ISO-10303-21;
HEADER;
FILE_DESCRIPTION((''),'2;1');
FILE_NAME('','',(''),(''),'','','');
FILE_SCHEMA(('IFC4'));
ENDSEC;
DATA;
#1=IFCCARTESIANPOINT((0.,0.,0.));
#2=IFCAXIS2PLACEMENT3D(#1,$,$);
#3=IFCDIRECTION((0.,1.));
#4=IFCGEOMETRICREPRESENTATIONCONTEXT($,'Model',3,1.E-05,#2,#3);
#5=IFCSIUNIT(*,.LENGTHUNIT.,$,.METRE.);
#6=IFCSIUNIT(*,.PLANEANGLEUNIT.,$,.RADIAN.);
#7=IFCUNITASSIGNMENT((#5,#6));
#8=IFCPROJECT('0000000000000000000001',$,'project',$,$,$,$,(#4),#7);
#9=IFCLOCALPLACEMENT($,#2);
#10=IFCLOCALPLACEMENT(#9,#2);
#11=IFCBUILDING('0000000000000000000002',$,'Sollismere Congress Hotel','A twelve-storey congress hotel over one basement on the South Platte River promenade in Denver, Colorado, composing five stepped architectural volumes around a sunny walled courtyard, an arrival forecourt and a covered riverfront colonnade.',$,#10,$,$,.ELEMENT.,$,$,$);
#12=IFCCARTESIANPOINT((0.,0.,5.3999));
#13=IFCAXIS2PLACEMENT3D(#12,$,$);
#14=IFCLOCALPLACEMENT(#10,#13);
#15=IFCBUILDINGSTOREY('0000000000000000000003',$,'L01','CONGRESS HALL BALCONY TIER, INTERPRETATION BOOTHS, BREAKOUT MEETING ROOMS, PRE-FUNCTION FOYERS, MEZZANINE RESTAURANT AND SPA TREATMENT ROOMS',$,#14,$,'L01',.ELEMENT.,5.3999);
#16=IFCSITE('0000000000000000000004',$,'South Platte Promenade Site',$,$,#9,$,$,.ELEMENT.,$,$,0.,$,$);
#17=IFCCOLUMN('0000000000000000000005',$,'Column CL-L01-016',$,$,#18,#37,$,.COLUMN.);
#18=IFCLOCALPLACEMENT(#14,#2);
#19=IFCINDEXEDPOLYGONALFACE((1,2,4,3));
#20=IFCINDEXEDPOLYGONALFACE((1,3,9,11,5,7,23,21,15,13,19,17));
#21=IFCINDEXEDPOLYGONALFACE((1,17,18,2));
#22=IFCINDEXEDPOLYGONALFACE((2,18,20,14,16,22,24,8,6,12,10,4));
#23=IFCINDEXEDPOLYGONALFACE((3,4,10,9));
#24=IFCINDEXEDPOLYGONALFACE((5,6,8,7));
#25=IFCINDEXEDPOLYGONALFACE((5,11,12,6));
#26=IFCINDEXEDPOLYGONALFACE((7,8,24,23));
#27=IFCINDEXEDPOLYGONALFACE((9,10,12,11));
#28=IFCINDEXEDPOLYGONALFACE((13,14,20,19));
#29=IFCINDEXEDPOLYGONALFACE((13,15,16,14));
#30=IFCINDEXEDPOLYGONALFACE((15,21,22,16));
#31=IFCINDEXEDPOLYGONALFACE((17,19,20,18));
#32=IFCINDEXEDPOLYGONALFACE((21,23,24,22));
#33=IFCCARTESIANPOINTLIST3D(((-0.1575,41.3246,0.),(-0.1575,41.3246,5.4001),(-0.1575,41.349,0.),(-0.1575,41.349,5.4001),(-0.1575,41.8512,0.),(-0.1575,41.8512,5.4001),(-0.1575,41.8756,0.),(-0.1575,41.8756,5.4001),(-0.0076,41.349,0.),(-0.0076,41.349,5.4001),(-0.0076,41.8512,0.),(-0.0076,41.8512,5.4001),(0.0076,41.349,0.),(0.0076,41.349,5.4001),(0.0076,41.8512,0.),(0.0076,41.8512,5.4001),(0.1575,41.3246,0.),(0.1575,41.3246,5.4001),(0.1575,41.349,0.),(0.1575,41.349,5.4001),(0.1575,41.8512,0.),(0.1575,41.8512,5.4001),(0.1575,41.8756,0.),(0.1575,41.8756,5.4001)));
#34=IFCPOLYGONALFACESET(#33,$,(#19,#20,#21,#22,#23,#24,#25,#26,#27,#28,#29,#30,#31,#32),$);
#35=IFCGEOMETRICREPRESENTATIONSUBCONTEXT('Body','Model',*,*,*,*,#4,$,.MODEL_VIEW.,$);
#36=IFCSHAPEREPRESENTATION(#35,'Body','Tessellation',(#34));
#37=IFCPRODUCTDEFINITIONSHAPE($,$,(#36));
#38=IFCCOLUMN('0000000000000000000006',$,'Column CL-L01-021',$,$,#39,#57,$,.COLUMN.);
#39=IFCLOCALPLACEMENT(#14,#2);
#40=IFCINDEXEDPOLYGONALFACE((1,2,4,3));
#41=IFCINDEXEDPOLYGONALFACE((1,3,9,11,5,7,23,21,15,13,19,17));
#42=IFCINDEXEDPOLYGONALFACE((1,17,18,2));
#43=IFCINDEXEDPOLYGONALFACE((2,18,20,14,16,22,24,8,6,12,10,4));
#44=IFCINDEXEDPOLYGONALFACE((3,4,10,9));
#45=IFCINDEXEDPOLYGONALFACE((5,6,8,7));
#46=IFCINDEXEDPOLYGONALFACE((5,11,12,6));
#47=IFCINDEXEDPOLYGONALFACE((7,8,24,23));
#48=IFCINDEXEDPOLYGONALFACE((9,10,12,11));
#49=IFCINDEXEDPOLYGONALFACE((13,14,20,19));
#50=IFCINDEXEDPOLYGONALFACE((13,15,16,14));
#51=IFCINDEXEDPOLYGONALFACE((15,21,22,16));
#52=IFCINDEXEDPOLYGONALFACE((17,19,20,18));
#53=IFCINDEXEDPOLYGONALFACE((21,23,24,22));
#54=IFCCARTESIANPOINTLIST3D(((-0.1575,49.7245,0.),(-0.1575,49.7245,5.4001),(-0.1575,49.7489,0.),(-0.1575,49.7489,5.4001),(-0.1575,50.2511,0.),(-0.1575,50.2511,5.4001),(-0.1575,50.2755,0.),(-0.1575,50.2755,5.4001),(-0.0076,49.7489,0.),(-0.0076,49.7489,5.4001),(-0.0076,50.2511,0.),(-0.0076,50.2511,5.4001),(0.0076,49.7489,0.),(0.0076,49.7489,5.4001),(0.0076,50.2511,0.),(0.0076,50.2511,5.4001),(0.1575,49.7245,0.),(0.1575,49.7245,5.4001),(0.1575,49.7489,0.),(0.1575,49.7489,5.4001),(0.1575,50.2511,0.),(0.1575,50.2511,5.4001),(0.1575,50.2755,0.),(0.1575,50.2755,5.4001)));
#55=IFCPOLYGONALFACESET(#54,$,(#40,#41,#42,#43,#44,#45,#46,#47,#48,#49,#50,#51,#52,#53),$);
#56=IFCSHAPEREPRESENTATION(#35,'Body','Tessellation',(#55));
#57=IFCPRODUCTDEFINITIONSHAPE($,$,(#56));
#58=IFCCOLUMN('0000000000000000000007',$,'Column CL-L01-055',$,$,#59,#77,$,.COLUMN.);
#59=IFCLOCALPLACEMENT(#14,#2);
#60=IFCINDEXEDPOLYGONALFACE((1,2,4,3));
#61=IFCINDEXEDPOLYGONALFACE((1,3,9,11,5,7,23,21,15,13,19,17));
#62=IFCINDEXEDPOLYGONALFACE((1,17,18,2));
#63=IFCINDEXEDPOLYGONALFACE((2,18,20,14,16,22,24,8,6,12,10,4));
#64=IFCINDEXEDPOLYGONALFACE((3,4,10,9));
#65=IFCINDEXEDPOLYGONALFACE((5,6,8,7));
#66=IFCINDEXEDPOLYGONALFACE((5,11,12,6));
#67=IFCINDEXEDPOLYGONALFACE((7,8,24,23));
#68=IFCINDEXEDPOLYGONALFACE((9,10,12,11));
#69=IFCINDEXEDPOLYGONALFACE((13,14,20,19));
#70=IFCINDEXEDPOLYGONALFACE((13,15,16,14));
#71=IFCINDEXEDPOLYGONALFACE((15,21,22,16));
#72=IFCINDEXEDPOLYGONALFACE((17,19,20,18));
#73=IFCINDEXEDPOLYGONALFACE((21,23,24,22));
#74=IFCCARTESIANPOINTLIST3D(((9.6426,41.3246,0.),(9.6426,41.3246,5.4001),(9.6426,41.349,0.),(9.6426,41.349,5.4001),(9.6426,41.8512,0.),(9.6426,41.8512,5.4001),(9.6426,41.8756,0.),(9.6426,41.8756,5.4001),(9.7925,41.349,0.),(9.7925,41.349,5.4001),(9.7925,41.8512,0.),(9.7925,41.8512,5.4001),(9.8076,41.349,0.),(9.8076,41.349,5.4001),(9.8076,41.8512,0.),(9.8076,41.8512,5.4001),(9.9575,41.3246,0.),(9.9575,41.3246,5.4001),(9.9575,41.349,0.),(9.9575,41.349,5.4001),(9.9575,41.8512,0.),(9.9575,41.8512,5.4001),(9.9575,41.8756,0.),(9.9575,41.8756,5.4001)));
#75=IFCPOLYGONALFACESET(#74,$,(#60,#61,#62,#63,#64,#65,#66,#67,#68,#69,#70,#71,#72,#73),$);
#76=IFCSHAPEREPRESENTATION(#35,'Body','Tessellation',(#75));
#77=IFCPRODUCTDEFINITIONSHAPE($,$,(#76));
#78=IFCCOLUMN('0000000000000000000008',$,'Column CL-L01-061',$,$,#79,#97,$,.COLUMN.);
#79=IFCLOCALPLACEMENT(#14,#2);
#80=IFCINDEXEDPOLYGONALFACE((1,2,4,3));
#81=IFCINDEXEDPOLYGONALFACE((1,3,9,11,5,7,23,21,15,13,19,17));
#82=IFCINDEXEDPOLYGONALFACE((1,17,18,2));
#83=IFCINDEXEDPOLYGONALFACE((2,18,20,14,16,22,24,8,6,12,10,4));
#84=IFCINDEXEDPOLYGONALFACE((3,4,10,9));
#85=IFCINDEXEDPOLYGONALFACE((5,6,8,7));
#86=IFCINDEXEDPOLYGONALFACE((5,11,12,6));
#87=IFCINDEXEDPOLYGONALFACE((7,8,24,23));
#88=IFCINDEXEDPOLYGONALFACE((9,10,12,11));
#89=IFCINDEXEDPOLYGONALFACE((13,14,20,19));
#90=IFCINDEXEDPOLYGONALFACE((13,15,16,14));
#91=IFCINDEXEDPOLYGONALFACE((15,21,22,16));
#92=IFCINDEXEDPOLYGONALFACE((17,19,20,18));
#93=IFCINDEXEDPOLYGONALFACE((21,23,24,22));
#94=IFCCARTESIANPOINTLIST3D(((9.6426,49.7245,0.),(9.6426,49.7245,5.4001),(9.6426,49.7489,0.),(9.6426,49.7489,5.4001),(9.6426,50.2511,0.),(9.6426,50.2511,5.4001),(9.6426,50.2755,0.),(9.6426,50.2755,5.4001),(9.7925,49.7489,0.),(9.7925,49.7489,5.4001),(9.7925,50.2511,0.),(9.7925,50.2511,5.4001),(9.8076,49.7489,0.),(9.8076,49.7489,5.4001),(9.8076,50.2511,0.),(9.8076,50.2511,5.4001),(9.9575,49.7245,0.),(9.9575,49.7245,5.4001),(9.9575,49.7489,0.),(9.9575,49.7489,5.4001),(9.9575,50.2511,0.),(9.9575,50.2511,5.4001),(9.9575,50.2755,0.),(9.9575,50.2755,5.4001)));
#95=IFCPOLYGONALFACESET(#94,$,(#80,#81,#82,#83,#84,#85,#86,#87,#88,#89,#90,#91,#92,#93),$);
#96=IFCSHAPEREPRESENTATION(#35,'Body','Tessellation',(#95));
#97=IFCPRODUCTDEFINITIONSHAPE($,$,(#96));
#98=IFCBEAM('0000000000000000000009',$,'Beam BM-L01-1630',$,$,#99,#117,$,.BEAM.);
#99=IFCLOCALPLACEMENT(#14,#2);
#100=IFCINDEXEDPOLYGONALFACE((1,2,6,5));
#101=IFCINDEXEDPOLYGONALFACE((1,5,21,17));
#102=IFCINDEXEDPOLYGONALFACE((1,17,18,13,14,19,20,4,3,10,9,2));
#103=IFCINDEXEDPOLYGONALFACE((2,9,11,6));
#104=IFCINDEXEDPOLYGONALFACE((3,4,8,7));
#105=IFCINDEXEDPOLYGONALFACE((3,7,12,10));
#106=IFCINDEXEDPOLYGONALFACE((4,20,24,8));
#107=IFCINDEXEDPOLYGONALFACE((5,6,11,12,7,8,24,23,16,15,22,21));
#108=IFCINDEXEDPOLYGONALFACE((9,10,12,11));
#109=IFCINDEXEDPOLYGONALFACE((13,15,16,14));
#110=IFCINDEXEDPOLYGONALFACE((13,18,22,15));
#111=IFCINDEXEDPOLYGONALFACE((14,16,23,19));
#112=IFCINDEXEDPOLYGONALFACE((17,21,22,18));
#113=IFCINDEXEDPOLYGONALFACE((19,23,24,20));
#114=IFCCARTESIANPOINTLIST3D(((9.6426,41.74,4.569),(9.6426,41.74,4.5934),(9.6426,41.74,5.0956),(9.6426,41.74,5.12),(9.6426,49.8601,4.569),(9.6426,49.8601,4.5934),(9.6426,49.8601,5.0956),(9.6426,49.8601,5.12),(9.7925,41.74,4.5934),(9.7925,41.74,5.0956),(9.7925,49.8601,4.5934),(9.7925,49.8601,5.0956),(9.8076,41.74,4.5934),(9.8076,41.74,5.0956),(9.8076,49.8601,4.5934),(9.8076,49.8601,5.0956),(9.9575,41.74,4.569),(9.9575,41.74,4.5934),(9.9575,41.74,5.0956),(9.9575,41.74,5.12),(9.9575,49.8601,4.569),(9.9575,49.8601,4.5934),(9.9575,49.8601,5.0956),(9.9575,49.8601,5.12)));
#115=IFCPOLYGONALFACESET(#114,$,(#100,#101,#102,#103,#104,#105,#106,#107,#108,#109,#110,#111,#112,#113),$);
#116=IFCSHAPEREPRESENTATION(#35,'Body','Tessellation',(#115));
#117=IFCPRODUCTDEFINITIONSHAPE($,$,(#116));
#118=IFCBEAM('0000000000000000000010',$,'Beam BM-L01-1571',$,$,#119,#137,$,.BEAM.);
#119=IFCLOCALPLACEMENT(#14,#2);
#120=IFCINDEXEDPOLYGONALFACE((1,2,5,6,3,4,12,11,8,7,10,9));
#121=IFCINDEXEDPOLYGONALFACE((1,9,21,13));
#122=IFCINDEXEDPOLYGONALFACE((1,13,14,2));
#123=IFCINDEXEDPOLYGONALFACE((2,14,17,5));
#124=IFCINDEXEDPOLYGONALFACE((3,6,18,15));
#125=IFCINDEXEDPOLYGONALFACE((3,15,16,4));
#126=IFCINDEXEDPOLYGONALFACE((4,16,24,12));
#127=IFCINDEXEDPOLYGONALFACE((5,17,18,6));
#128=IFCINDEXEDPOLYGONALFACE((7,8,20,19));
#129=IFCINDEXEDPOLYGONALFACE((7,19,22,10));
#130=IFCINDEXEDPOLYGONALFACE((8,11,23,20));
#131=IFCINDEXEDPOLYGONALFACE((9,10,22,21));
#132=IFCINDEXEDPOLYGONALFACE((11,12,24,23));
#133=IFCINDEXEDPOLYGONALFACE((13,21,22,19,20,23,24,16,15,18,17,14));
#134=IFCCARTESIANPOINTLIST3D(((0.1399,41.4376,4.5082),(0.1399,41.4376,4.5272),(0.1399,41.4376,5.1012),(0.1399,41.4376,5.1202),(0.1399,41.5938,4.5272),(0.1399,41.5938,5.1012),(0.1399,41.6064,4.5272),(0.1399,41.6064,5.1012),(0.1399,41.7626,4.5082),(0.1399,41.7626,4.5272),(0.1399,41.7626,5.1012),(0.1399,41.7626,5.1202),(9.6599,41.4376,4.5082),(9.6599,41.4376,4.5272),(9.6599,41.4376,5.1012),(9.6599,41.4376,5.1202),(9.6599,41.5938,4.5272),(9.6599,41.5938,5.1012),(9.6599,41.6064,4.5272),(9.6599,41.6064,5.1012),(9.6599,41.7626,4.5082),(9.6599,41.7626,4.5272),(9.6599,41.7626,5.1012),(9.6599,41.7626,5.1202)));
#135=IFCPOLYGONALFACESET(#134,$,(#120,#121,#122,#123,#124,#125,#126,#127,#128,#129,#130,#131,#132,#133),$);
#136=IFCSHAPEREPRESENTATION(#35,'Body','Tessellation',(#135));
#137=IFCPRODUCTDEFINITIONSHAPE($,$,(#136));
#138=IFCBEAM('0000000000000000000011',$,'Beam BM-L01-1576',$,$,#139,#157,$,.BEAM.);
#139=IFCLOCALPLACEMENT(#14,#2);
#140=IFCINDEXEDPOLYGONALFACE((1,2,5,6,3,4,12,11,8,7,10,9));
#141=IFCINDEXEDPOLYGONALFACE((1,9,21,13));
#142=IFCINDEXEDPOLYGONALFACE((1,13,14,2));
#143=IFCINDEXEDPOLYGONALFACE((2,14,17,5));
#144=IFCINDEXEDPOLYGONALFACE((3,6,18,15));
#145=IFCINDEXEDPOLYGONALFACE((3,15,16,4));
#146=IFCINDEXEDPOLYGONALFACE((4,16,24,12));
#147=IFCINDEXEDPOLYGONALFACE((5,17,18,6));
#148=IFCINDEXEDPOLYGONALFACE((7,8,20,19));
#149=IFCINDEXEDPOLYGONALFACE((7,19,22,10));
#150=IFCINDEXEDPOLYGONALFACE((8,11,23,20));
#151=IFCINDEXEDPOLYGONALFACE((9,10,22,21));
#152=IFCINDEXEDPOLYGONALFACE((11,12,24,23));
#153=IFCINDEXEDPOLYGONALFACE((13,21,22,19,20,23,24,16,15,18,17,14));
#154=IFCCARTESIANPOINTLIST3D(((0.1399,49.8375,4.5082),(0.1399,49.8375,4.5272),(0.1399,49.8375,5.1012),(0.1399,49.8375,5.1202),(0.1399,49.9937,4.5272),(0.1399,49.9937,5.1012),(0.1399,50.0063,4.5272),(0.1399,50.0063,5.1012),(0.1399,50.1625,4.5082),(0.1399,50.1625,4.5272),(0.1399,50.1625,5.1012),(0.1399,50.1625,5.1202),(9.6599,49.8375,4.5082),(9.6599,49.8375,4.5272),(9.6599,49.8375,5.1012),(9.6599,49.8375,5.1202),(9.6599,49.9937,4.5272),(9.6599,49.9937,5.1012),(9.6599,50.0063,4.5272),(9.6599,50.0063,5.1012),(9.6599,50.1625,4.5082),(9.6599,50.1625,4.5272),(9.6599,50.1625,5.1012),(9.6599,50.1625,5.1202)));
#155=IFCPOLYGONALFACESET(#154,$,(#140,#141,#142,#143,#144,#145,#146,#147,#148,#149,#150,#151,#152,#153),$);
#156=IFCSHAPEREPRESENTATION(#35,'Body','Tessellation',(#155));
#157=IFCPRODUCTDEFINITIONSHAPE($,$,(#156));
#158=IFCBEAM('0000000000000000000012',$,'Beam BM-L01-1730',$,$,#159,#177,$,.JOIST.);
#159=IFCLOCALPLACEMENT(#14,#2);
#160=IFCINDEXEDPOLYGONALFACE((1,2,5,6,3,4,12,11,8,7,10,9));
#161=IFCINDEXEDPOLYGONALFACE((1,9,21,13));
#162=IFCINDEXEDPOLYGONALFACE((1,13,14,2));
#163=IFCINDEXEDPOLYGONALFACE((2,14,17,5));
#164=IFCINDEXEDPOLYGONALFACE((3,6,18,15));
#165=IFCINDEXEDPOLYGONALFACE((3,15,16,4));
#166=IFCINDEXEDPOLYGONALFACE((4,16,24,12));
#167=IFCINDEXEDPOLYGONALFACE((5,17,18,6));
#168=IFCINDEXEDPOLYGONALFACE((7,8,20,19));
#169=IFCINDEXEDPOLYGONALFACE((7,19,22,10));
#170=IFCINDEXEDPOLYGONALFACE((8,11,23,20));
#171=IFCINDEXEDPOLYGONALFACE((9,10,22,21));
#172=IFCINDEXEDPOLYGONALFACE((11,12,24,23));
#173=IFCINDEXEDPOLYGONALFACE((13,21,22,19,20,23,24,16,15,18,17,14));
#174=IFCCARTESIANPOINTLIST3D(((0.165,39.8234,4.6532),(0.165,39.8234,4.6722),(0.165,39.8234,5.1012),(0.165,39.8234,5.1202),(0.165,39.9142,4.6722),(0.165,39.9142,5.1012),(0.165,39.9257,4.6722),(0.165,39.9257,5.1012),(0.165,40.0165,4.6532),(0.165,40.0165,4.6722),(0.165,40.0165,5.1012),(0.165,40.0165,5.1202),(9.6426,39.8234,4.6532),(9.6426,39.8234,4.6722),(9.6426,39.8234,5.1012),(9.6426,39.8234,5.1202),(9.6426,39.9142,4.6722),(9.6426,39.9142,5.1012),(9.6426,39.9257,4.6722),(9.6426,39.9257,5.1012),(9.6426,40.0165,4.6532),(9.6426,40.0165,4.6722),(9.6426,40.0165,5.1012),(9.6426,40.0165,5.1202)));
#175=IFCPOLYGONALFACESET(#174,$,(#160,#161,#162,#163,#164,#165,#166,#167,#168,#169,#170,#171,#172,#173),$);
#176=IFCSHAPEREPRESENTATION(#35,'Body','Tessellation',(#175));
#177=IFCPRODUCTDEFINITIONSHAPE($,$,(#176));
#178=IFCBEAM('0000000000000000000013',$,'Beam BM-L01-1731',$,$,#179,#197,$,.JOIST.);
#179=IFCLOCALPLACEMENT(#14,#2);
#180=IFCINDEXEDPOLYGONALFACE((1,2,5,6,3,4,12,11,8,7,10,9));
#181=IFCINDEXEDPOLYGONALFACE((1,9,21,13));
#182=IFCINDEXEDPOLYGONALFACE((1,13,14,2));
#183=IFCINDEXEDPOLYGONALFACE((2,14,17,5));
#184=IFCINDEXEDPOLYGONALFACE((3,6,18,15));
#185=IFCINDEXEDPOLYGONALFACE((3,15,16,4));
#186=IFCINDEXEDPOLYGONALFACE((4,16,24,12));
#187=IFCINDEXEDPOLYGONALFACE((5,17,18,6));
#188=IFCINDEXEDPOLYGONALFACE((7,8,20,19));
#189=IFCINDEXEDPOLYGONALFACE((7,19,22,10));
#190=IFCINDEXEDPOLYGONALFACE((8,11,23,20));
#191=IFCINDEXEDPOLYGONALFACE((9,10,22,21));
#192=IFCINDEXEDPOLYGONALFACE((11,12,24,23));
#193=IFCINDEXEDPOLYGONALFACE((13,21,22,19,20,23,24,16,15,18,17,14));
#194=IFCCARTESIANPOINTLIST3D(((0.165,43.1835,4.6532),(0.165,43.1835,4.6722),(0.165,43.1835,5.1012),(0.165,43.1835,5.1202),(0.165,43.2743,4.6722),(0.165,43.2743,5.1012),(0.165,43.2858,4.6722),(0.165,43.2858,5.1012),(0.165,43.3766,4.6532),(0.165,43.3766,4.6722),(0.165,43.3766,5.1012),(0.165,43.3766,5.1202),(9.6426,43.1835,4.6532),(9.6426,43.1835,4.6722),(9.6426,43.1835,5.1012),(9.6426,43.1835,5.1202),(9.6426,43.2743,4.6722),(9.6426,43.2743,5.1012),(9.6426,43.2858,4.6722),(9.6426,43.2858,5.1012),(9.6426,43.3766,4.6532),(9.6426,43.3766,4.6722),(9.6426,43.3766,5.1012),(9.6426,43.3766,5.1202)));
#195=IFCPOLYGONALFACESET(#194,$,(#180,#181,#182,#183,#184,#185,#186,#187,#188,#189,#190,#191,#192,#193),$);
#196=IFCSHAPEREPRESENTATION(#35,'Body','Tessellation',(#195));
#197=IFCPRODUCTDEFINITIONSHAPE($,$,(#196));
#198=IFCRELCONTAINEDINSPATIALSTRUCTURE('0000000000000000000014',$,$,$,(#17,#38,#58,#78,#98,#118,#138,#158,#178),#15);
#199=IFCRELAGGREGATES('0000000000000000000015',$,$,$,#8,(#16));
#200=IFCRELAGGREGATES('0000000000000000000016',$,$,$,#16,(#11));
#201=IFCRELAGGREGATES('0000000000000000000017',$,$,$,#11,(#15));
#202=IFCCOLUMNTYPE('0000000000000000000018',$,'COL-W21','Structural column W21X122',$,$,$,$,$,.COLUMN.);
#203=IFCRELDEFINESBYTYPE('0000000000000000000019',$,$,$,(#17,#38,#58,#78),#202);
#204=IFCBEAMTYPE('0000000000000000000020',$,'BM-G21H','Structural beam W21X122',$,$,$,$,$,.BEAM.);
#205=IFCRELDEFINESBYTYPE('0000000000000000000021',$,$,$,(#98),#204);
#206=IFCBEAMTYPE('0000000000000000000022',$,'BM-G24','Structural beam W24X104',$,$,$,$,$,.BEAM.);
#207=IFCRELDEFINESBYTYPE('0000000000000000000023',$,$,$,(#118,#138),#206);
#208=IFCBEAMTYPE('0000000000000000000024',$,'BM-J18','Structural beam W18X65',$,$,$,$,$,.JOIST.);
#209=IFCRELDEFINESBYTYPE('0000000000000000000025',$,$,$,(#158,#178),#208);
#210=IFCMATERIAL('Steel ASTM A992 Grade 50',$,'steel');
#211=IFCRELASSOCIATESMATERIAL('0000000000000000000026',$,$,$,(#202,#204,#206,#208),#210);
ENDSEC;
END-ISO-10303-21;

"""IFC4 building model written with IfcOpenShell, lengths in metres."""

from ifc_helpers import new_model, si_unit, direction, frame, origin, origin_2d, place, context, subcontext, project, spatial, i_section, extrude, material, material_profile, profile_set, type_object, element, save


model = new_model("IFC4")

# Units and contexts
model_context = context("Model", 3, precision=1e-05, world=origin(), true_north=direction((0.0, 1.0)))
body_context = subcontext(model_context, "Body", "Model", "MODEL_VIEW")
ifc_project = project(units=[si_unit("LENGTHUNIT", "METRE"), si_unit("PLANEANGLEUNIT", "RADIAN")], contexts=[model_context])

# Site, building, storey
site_placement = place(None, origin())
site = spatial("IfcSite", under=ifc_project, at=site_placement, Name="South Platte Promenade Site", CompositionType="ELEMENT", RefElevation=0.0)
building_placement = place(site_placement, origin())
building = spatial("IfcBuilding", under=site, at=building_placement, Name="Sollismere Congress Hotel", Description="A twelve-storey congress hotel over one basement on the South Platte River promenade in Denver, Colorado, composing five stepped architectural volumes around a sunny walled courtyard, an arrival forecourt and a covered riverfront colonnade.", CompositionType="ELEMENT")
storey_placement = place(building_placement, frame((0.0, 0.0, 5.3999)))
storey = spatial("IfcBuildingStorey", under=building, at=storey_placement, Name="L01", Description="CONGRESS HALL BALCONY TIER, INTERPRETATION BOOTHS, BREAKOUT MEETING ROOMS, PRE-FUNCTION FOYERS, MEZZANINE RESTAURANT AND SPA TREATMENT ROOMS", LongName="L01", CompositionType="ELEMENT", Elevation=5.3999)

# Columns
ifc_material_1 = material(Name="Steel ASTM A992 Grade 50", Category="steel")
ifc_material_profile_1 = material_profile(ifc_material_1, i_section(OverallWidth=0.3149, OverallDepth=0.551, WebThickness=0.0151, FlangeThickness=0.0244, at=origin_2d()), Name="W21X122")
ifc_profile_set_1 = profile_set([ifc_material_profile_1], Name="Steel ASTM A992 Grade 50")
column_type = type_object("IfcColumnType", Name="COL-W21", Description="Structural column W21X122", PredefinedType="COLUMN", material=ifc_profile_set_1)
for number, where, z_axis, x_axis, name in (
    (1, (0.0, 41.6001, 0.0), (0.0, 0.0, 1.0), (1.0, 0.0, 0.0), "Column CL-L01-016"),
    (2, (0.0, 50.0, 0.0), (0.0, 0.0, 1.0), (1.0, 0.0, 0.0), "Column CL-L01-021"),
    (3, (9.8, 41.6001, 0.0), (0.0, 0.0, 1.0), (1.0, 0.0, 0.0), "Column CL-L01-055"),
    (4, (9.8, 50.0, 0.0), (0.0, 0.0, 1.0), (1.0, 0.0, 0.0), "Column CL-L01-061"),
):
    element("IfcColumn", number, at=place(storey_placement, frame(where, z_axis=z_axis, x_axis=x_axis)), inside=storey, type_object=column_type, Name=name, PredefinedType="COLUMN", context=body_context, shape_type="SweptSolid", body=[
        extrude(i_section(OverallWidth=0.3149, OverallDepth=0.551, WebThickness=0.0151, FlangeThickness=0.0244, at=origin_2d()), origin(), (0.0, 0.0, 1.0), 5.4001),
    ])

# Beams
ifc_material_profile_2 = material_profile(ifc_material_1, i_section(OverallWidth=0.3149, OverallDepth=0.551, WebThickness=0.0151, FlangeThickness=0.0244, at=origin_2d()), Name="W21X122")
ifc_profile_set_2 = profile_set([ifc_material_profile_2], Name="Steel ASTM A992 Grade 50")
beam_type_1 = type_object("IfcBeamType", Name="BM-G21H", Description="Structural beam W21X122", PredefinedType="BEAM", material=ifc_profile_set_2)
beam_placement = place(storey_placement, frame((9.8, 41.74, 4.8445), z_axis=(0.0, 1.0, 0.0), x_axis=(-1.0, 0.0, 0.0)))
element("IfcBeam", 5, at=beam_placement, inside=storey, type_object=beam_type_1, Name="Beam BM-L01-1630", PredefinedType="BEAM", context=body_context, shape_type="SweptSolid", body=[
    extrude(i_section(OverallWidth=0.3149, OverallDepth=0.551, WebThickness=0.0151, FlangeThickness=0.0244, at=origin_2d()), origin(), (0.0, 0.0, 1.0), 8.1201),
])
ifc_material_profile_3 = material_profile(ifc_material_1, i_section(OverallWidth=0.325, OverallDepth=0.6121, WebThickness=0.0127, FlangeThickness=0.019, at=origin_2d()), Name="W24X104")
ifc_profile_set_3 = profile_set([ifc_material_profile_3], Name="Steel ASTM A992 Grade 50")
beam_type_2 = type_object("IfcBeamType", Name="BM-G24", Description="Structural beam W24X104", PredefinedType="BEAM", material=ifc_profile_set_3)
for number, where, z_axis, x_axis, name in (
    (6, (0.1399, 41.6001, 4.8142), (1.0, 0.0, 0.0), (0.0, 1.0, 0.0), "Beam BM-L01-1571"),
    (7, (0.1399, 50.0, 4.8142), (1.0, 0.0, 0.0), (0.0, 1.0, 0.0), "Beam BM-L01-1576"),
):
    element("IfcBeam", number, at=place(storey_placement, frame(where, z_axis=z_axis, x_axis=x_axis)), inside=storey, type_object=beam_type_2, Name=name, PredefinedType="BEAM", context=body_context, shape_type="SweptSolid", body=[
        extrude(i_section(OverallWidth=0.325, OverallDepth=0.6121, WebThickness=0.0127, FlangeThickness=0.019, at=origin_2d()), origin(), (0.0, 0.0, 1.0), 9.52),
    ])
ifc_material_profile_4 = material_profile(ifc_material_1, i_section(OverallWidth=0.1931, OverallDepth=0.467, WebThickness=0.0115, FlangeThickness=0.019, at=origin_2d()), Name="W18X65")
ifc_profile_set_4 = profile_set([ifc_material_profile_4], Name="Steel ASTM A992 Grade 50")
beam_type_3 = type_object("IfcBeamType", Name="BM-J18", Description="Structural beam W18X65", PredefinedType="JOIST", material=ifc_profile_set_4)
for number, where, z_axis, x_axis, name in (
    (8, (0.165, 39.9199, 4.8867), (1.0, 0.0, 0.0), (0.0, 1.0, 0.0), "Beam BM-L01-1730"),
    (9, (0.165, 43.28, 4.8867), (1.0, 0.0, 0.0), (0.0, 1.0, 0.0), "Beam BM-L01-1731"),
):
    element("IfcBeam", number, at=place(storey_placement, frame(where, z_axis=z_axis, x_axis=x_axis)), inside=storey, type_object=beam_type_3, Name=name, PredefinedType="JOIST", context=body_context, shape_type="SweptSolid", body=[
        extrude(i_section(OverallWidth=0.1931, OverallDepth=0.467, WebThickness=0.0115, FlangeThickness=0.019, at=origin_2d()), origin(), (0.0, 0.0, 1.0), 9.4775),
    ])

save(model, "model.ifc")
